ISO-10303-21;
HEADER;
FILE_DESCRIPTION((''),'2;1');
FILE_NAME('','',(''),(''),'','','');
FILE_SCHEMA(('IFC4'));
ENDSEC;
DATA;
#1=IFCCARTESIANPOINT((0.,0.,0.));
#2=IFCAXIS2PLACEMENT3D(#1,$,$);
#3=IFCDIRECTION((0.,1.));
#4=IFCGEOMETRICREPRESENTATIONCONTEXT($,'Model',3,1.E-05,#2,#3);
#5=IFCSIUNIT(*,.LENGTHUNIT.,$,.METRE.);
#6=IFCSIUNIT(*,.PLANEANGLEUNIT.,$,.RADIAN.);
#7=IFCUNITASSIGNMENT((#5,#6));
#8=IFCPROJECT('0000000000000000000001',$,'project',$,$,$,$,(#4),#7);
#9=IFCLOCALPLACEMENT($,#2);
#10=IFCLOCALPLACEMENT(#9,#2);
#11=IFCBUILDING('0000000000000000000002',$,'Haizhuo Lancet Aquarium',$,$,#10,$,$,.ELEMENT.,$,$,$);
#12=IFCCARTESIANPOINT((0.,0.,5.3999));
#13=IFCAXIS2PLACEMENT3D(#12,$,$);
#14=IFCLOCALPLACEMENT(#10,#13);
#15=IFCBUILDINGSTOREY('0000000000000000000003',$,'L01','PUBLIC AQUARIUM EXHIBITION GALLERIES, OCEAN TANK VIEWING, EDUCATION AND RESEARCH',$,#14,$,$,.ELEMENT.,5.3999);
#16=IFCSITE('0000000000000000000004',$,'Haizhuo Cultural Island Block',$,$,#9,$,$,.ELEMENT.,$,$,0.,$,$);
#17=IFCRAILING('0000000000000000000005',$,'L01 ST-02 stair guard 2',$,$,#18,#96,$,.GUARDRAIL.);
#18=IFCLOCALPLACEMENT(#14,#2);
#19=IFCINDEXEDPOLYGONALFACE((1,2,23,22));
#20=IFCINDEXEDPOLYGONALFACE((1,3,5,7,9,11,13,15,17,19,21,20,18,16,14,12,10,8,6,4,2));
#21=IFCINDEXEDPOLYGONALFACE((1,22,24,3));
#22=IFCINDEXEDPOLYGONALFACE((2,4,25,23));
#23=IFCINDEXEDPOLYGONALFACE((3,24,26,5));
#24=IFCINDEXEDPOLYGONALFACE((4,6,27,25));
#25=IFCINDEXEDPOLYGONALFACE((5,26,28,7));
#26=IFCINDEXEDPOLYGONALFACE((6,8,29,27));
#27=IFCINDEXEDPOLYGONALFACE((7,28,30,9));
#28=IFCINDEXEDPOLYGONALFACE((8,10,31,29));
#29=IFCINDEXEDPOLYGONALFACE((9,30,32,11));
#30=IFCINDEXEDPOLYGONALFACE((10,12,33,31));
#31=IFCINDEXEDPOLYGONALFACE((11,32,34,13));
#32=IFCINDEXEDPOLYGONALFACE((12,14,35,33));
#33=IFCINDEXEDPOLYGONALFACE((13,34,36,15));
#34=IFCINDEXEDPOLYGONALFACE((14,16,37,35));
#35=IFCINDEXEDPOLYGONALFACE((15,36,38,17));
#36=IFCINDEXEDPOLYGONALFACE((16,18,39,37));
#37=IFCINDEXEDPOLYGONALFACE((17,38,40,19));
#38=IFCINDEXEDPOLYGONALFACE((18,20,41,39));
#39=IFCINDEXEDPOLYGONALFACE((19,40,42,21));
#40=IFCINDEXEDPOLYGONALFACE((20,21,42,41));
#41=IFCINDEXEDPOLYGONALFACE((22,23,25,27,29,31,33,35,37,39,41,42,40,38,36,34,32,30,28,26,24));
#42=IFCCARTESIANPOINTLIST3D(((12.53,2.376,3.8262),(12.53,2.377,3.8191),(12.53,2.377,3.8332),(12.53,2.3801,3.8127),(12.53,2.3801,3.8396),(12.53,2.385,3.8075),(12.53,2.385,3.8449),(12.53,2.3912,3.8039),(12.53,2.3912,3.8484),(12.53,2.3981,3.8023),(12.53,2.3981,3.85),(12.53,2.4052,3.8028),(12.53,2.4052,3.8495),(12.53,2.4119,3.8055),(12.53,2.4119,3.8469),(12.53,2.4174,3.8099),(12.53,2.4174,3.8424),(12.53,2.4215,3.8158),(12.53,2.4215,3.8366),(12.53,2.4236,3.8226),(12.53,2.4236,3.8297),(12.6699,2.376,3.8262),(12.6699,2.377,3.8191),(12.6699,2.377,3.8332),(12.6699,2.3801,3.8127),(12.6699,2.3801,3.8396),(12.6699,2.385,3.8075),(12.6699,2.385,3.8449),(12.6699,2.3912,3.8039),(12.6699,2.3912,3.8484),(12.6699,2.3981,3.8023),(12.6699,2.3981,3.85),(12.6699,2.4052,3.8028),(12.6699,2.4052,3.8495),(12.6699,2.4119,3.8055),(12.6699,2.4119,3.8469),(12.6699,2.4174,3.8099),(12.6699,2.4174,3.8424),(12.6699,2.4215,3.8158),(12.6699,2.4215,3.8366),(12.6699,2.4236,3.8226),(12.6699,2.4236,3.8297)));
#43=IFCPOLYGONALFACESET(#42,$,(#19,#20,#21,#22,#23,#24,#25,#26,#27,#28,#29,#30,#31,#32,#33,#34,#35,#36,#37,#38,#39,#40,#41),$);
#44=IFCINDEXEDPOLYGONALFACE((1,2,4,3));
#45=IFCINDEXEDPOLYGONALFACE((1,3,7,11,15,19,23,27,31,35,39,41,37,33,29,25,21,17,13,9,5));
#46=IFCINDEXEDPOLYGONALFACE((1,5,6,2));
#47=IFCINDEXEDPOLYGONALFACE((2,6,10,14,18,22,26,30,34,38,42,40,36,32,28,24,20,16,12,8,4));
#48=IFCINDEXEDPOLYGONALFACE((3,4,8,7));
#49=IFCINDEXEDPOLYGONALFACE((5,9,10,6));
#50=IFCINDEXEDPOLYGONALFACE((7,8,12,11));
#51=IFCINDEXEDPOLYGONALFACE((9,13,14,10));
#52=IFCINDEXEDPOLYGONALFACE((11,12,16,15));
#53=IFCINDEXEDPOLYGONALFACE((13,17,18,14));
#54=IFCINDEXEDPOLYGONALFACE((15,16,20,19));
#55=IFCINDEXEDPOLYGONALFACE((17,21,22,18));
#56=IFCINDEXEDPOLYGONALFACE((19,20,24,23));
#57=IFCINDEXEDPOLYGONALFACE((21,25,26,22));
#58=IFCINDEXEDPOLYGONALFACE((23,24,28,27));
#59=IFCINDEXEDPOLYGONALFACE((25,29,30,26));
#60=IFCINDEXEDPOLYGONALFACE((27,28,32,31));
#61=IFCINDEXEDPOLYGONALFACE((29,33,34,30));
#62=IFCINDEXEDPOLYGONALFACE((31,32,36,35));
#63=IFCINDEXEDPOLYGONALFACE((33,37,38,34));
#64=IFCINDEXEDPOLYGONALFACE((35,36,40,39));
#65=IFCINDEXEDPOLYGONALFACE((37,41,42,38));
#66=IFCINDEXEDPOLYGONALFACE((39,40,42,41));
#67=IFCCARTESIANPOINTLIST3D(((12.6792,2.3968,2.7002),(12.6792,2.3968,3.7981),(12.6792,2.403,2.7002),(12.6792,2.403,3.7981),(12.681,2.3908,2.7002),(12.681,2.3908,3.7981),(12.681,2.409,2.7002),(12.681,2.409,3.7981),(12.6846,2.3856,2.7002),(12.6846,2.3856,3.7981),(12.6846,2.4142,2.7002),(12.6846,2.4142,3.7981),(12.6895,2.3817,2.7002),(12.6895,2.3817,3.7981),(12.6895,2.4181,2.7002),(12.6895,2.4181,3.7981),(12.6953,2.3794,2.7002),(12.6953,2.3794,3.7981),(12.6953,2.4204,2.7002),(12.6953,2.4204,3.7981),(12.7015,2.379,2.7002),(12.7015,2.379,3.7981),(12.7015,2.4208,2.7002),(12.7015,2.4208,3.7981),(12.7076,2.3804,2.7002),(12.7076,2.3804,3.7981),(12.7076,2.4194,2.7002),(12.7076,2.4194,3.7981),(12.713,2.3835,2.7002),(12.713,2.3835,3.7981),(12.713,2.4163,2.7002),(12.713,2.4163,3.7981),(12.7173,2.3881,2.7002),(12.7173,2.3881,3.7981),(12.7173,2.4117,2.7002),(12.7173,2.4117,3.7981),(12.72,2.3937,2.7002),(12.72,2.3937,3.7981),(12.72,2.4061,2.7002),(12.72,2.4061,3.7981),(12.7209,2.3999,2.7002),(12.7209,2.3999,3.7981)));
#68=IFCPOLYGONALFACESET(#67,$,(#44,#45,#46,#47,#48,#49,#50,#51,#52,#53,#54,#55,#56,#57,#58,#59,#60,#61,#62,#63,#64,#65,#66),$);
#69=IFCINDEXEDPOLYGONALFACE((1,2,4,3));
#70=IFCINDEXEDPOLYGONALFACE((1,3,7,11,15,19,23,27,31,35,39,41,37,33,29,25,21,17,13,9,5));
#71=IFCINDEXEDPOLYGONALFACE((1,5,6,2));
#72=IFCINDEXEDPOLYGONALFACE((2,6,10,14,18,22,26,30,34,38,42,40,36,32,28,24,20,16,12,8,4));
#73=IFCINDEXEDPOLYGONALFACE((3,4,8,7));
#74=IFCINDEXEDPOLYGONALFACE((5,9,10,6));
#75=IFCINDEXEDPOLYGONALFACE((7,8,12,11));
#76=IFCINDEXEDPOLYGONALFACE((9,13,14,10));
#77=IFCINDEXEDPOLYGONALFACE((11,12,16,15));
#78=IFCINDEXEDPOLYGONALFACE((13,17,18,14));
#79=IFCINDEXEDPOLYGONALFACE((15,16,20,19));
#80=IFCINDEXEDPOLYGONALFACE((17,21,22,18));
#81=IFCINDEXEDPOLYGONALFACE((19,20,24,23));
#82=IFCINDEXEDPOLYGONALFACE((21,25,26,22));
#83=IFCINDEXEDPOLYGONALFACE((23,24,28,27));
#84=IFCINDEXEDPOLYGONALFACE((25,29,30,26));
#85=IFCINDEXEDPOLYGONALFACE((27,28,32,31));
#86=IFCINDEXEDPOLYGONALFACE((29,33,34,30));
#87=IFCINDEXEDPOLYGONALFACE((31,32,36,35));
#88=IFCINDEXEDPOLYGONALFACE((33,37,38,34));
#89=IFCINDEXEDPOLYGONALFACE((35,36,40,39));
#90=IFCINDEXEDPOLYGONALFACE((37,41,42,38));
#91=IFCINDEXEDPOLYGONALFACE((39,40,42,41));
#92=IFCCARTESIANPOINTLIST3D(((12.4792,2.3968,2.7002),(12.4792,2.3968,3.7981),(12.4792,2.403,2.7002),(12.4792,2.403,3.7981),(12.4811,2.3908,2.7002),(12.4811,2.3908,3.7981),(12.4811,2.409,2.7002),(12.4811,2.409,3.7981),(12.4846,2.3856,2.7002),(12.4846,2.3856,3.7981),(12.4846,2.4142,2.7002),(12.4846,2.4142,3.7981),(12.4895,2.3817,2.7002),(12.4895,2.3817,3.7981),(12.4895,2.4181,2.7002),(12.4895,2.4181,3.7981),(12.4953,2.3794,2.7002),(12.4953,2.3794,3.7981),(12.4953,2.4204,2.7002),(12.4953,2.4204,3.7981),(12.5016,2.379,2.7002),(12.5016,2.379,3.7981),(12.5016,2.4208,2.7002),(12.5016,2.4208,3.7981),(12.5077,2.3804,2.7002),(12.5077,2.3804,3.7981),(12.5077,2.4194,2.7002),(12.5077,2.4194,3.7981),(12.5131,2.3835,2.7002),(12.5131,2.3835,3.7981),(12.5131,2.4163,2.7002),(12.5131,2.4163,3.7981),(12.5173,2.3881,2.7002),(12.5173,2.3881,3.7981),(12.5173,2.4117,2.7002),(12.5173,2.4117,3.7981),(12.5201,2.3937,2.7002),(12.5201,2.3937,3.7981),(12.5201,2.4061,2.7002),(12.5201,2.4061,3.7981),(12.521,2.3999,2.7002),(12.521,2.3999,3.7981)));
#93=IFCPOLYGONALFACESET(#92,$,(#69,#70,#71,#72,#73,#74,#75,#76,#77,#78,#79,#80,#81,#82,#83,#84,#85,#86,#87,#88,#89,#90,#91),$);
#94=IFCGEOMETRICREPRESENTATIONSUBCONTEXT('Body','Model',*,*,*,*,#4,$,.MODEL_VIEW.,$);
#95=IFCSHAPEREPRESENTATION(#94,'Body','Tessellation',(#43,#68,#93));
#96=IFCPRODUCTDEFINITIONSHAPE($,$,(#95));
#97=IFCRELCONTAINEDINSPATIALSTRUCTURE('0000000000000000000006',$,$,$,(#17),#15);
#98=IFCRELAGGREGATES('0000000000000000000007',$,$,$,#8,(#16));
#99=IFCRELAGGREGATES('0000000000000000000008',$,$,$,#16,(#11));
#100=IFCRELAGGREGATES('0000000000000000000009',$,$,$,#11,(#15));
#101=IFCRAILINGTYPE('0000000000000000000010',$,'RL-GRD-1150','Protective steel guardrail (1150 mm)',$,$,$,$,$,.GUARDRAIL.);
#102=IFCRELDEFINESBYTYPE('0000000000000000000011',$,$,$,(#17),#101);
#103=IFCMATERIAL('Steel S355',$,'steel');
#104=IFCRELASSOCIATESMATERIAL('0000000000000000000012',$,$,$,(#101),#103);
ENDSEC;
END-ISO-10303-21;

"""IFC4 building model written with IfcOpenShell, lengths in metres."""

from ifc_helpers import new_model, si_unit, direction, frame, origin, origin_2d, place, context, subcontext, project, spatial, circle, extrude, material, type_object, element, save


model = new_model("IFC4")

# Units and contexts
model_context = context("Model", 3, precision=1e-05, world=origin(), true_north=direction((0.0, 1.0)))
body_context = subcontext(model_context, "Body", "Model", "MODEL_VIEW")
ifc_project = project(units=[si_unit("LENGTHUNIT", "METRE"), si_unit("PLANEANGLEUNIT", "RADIAN")], contexts=[model_context])

# Site, building, storey
site_placement = place(None, origin())
site = spatial("IfcSite", under=ifc_project, at=site_placement, Name="Haizhuo Cultural Island Block", CompositionType="ELEMENT", RefElevation=0.0)
building_placement = place(site_placement, origin())
building = spatial("IfcBuilding", under=site, at=building_placement, Name="Haizhuo Lancet Aquarium", CompositionType="ELEMENT")
storey_placement = place(building_placement, frame((0.0, 0.0, 5.3999)))
storey = spatial("IfcBuildingStorey", under=building, at=storey_placement, Name="L01", Description="PUBLIC AQUARIUM EXHIBITION GALLERIES, OCEAN TANK VIEWING, EDUCATION AND RESEARCH", CompositionType="ELEMENT", Elevation=5.3999)

# Shared definitions
ifc_material_1 = material(Name="Steel S355", Category="steel")

# Railing
railing_type_1 = type_object("IfcRailingType", Name="RL-GRD-1150", Description="Protective steel guardrail (1150 mm)", PredefinedType="GUARDRAIL", material=ifc_material_1)
railing_1_placement = place(storey_placement, frame((12.7, 2.3999, 2.7002)))
element("IfcRailing", 1, at=railing_1_placement, inside=storey, type_object=railing_type_1, Name="L01 ST-02 stair guard 2", PredefinedType="GUARDRAIL", context=body_context, shape_type="SweptSolid", body=[
    extrude(circle(Radius=0.0239, at=origin_2d()), frame((-0.03, 0.0, 1.126), z_axis=(-1.0, 0.0, 0.0), x_axis=(0.0, -1.0, 0.0)), (0.0, 0.0, 1.0), 0.1399),
    extrude(circle(Radius=0.021, at=origin_2d()), origin(), (0.0, 0.0, 1.0), 1.0979),
    extrude(circle(Radius=0.021, at=origin_2d()), frame((-0.2, 0.0, 0.0)), (0.0, 0.0, 1.0), 1.0979),
])

save(model, "model.ifc")
